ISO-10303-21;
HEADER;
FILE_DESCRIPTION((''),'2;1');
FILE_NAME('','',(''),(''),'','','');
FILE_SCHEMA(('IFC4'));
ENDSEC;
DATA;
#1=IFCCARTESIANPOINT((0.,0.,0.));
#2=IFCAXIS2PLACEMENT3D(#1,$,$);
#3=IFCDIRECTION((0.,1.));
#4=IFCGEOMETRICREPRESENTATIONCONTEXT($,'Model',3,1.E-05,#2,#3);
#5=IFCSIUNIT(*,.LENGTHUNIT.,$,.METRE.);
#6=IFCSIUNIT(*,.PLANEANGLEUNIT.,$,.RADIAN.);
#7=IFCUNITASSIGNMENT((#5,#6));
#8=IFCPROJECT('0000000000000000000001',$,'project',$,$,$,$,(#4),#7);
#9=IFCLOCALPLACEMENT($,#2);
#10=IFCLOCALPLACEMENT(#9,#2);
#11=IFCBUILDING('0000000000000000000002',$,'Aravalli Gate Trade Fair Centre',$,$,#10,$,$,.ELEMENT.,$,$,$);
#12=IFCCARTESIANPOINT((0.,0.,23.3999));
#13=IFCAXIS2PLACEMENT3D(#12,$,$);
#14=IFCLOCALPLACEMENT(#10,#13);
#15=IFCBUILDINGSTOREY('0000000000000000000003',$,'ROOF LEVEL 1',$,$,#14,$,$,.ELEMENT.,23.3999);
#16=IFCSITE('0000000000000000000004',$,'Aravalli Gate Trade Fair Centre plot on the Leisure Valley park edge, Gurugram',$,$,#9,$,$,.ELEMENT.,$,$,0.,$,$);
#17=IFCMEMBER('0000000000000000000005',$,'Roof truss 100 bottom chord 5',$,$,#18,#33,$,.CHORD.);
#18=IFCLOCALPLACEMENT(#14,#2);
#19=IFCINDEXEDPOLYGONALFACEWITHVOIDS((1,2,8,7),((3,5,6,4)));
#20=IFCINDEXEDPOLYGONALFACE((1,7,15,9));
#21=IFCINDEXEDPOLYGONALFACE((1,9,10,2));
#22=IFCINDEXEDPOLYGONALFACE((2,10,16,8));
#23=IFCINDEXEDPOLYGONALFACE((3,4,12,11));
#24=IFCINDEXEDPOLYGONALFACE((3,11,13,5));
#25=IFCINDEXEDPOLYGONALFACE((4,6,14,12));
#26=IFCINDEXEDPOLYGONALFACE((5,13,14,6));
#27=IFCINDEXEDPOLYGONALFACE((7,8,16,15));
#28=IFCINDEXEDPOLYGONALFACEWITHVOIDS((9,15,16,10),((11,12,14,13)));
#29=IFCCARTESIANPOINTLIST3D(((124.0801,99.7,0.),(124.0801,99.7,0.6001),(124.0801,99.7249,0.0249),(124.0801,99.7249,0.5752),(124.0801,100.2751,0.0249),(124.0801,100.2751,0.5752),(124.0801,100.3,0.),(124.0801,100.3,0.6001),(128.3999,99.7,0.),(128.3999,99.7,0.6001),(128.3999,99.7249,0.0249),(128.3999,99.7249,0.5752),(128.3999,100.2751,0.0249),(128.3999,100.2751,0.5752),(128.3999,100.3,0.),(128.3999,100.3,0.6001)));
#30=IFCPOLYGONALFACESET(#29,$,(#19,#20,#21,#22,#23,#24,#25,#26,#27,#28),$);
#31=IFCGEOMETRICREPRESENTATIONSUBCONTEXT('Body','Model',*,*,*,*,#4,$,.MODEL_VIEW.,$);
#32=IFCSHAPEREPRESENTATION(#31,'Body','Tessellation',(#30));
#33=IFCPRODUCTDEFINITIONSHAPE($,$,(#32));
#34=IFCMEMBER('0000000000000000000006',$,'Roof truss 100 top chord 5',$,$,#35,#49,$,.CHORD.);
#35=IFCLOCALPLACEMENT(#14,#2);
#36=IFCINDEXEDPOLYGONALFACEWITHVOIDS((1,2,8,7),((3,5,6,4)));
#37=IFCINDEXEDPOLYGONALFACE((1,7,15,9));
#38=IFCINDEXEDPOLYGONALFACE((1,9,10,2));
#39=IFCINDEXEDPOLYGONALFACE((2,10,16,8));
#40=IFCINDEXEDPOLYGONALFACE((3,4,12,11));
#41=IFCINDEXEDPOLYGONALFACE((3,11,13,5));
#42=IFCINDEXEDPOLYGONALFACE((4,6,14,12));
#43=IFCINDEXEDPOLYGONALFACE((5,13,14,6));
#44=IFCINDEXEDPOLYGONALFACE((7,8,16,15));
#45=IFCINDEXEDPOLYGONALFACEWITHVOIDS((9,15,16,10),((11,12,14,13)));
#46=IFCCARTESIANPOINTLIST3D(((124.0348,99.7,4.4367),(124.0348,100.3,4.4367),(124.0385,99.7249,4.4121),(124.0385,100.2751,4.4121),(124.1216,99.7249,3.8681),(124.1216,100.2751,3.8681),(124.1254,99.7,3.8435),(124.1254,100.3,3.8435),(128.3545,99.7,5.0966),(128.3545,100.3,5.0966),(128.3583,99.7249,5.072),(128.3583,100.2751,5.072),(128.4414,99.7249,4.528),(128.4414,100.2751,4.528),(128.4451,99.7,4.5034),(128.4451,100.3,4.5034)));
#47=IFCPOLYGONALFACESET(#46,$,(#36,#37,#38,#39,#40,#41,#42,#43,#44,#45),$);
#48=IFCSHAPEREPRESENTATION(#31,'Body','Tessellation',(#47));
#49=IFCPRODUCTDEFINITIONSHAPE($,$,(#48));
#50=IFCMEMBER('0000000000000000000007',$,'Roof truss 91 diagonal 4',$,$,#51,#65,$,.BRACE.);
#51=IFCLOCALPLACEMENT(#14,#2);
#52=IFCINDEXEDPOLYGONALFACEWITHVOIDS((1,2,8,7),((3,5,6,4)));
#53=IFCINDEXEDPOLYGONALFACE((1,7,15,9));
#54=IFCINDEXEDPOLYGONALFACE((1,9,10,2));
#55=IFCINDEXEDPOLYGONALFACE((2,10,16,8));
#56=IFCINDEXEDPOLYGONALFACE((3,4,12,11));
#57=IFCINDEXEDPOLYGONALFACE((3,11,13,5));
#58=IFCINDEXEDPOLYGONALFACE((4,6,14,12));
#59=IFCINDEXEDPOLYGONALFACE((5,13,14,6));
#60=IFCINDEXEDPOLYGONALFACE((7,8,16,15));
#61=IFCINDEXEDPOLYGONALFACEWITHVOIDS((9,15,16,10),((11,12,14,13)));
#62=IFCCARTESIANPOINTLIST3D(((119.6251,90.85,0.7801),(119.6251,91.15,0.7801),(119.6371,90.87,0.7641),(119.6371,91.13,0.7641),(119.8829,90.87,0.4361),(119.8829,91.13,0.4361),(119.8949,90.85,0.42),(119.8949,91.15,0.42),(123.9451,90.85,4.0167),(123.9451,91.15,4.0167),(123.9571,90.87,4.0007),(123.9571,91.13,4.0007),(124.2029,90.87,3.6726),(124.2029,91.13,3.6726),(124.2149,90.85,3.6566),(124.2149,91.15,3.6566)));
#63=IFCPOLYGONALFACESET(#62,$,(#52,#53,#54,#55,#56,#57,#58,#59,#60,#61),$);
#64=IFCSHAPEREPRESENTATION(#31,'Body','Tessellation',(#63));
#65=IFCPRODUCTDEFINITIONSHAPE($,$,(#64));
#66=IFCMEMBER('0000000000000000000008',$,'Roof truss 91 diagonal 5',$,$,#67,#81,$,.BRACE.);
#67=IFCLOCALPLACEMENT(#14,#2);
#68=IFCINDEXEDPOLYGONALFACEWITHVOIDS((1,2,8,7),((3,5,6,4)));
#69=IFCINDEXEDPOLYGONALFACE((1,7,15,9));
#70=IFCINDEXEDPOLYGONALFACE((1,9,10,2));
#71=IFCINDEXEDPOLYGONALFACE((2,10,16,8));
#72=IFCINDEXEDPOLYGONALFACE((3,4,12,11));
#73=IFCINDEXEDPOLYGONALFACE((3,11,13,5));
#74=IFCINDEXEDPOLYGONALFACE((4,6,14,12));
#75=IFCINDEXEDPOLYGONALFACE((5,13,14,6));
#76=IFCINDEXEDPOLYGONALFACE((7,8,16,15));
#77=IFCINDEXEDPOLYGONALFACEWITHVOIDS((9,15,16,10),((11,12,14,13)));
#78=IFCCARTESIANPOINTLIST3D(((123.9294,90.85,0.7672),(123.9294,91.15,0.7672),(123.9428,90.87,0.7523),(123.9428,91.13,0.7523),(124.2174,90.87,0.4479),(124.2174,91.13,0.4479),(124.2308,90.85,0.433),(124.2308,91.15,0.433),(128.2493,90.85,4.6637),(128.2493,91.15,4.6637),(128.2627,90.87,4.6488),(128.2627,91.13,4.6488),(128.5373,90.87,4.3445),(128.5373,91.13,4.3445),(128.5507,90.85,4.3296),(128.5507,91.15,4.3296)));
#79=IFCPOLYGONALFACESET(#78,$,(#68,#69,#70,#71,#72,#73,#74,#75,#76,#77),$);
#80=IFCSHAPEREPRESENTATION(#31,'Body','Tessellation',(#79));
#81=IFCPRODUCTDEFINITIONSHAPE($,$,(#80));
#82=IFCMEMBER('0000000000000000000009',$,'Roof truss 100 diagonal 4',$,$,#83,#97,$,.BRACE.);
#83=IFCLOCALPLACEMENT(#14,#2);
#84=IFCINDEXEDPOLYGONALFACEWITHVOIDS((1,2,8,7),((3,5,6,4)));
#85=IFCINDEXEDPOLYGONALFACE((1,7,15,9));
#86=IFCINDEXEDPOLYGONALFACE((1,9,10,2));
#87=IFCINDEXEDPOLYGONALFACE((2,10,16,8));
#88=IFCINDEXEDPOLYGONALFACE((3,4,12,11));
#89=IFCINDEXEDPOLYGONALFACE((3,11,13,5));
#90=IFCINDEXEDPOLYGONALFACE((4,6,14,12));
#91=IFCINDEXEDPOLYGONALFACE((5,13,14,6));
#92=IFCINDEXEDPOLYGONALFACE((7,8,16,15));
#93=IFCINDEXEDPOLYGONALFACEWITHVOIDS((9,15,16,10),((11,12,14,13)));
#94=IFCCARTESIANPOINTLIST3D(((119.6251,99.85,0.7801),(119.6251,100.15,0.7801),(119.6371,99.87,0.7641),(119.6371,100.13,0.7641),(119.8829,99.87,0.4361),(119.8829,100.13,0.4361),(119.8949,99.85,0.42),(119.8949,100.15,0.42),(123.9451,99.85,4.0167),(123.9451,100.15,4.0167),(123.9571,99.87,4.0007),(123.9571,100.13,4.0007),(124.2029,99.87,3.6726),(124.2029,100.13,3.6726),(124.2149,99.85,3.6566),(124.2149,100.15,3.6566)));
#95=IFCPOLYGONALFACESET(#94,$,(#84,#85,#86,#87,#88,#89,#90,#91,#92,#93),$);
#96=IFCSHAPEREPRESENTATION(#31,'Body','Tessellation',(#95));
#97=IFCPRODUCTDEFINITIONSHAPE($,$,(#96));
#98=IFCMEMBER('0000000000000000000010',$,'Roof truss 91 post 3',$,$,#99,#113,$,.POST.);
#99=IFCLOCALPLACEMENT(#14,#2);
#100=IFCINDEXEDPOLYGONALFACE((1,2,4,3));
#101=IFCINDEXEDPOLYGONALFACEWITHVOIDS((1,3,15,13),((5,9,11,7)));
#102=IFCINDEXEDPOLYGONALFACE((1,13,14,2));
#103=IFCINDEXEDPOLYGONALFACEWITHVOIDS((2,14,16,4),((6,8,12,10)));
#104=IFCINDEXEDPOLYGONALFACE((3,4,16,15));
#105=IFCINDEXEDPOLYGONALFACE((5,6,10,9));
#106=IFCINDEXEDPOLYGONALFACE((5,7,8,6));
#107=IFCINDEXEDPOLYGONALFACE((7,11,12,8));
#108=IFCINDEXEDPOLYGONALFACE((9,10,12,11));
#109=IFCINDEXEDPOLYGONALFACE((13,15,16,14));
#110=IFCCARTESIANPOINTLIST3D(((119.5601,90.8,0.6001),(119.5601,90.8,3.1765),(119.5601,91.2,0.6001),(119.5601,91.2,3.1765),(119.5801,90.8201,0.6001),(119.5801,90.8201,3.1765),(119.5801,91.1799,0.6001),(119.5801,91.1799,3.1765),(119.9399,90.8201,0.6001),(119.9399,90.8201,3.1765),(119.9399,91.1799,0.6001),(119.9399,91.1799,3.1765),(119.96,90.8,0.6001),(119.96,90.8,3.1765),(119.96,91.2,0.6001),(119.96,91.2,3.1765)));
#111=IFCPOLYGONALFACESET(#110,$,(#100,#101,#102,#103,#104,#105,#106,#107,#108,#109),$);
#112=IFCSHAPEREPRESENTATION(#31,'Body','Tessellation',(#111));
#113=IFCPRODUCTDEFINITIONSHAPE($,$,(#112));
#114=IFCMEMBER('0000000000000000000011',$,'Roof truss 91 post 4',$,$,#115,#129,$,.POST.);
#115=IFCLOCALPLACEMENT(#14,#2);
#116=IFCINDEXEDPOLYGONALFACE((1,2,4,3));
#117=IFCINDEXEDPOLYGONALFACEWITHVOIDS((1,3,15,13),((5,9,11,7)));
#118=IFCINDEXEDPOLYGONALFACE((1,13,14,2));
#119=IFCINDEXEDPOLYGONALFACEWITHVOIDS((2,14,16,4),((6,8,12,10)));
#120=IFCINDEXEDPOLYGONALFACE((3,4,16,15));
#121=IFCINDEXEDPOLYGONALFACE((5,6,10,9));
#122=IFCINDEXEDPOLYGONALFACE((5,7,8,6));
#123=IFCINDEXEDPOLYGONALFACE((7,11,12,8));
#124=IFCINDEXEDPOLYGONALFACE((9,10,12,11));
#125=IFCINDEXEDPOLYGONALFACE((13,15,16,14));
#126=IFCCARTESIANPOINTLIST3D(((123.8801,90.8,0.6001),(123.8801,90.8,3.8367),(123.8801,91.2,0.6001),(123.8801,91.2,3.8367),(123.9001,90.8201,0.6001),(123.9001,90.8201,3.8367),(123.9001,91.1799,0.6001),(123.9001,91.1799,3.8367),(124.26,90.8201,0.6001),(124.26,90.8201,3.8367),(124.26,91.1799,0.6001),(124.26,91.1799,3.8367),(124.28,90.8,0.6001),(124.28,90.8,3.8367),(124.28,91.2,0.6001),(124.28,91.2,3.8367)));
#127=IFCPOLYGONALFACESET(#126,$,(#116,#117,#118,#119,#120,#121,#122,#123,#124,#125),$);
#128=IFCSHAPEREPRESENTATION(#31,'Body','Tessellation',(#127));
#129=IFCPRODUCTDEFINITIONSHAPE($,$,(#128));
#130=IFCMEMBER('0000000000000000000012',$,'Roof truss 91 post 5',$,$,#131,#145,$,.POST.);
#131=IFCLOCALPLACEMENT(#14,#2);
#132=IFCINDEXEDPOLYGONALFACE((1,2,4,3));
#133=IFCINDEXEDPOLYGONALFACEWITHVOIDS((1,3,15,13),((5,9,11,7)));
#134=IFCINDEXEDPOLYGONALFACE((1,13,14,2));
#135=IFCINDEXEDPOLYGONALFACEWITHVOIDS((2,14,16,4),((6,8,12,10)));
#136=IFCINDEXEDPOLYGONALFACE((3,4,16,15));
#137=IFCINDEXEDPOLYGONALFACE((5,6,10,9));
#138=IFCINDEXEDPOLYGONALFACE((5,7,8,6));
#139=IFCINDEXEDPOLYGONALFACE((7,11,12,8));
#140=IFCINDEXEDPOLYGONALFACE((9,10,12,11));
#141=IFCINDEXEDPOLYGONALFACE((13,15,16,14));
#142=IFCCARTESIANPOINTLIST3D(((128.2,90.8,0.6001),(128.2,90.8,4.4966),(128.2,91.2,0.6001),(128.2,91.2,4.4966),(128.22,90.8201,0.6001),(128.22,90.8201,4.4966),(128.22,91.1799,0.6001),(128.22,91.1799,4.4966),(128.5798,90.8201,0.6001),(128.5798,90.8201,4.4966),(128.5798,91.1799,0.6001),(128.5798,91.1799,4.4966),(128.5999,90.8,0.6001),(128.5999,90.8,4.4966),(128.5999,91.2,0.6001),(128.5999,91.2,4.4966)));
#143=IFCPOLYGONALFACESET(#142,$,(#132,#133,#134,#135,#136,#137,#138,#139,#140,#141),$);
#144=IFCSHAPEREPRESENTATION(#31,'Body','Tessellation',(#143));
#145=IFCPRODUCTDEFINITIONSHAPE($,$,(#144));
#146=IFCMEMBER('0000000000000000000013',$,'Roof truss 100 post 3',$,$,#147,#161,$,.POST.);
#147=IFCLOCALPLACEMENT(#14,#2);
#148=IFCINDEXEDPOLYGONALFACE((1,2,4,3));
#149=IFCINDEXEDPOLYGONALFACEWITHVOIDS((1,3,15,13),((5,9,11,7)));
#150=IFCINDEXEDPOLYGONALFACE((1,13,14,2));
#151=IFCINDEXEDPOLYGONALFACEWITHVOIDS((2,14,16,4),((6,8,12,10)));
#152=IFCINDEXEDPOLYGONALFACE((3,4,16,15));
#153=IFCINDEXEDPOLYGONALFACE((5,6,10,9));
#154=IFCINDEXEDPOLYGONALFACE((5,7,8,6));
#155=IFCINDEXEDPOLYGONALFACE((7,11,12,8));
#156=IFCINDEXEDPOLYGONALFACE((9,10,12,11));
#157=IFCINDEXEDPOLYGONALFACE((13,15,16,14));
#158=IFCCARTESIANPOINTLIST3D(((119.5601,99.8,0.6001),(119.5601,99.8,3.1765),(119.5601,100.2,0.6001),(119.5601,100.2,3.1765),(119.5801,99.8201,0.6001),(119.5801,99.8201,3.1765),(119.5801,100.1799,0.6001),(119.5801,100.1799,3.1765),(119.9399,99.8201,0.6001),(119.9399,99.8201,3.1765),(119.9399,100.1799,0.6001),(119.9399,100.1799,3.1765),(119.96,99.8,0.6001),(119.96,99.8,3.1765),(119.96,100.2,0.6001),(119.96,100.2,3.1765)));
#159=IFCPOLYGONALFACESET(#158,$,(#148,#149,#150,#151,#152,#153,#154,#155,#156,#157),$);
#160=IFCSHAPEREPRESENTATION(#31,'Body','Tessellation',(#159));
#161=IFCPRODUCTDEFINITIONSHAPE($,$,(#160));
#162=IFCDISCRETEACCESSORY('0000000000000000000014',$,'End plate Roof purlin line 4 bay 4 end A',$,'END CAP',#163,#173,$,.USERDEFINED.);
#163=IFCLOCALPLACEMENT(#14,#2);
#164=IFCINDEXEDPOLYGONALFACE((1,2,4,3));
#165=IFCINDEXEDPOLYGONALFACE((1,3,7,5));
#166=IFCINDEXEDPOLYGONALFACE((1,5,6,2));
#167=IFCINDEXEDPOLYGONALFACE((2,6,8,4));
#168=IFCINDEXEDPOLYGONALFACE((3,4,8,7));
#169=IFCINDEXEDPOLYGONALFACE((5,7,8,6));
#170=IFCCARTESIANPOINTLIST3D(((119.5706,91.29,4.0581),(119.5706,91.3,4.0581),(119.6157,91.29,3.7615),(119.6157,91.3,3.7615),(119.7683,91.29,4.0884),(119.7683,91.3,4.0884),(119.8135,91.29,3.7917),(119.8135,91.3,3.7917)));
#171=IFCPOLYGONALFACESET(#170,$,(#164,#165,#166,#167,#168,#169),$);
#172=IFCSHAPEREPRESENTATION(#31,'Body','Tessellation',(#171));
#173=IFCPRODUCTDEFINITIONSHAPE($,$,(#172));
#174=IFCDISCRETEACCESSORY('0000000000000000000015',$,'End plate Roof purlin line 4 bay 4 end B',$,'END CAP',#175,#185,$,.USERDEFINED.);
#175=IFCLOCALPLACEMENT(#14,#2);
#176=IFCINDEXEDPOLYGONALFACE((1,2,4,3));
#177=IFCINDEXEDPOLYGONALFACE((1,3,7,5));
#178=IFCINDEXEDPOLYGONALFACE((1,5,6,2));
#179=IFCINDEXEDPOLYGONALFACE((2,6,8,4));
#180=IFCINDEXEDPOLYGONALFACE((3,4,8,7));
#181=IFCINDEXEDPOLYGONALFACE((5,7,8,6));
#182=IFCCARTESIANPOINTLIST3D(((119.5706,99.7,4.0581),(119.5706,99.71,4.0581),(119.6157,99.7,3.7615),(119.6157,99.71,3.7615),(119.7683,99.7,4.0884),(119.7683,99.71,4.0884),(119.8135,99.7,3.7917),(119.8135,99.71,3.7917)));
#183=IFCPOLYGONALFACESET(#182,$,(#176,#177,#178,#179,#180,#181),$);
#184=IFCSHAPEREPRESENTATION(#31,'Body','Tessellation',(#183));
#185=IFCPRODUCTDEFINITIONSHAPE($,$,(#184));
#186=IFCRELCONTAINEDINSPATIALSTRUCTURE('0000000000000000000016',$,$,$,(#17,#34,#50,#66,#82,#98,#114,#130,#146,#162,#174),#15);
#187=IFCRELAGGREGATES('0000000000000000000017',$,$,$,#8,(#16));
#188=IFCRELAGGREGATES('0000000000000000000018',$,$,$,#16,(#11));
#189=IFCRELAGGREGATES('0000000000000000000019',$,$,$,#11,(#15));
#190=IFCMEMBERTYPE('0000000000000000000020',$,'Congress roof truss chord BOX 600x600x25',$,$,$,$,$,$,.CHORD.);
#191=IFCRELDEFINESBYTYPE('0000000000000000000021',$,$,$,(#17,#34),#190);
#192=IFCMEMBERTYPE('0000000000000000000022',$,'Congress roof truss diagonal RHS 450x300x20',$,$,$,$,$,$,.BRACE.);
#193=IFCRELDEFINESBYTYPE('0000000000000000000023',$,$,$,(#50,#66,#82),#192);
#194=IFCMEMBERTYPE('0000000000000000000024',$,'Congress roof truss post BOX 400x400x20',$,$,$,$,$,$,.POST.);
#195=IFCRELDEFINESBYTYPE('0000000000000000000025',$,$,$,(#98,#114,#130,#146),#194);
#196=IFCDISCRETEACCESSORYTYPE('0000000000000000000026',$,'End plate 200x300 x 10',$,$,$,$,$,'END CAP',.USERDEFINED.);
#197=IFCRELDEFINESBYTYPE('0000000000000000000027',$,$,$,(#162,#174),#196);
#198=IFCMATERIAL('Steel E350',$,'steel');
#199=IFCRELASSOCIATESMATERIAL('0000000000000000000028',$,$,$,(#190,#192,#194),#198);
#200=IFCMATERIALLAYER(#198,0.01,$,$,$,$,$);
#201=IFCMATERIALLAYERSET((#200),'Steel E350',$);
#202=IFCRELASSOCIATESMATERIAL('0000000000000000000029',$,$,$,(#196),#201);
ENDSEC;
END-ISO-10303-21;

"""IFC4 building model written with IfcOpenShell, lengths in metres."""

from ifc_helpers import new_model, si_unit, direction, frame, origin, origin_2d, place, context, subcontext, project, spatial, polyline, hollow_rectangle, outline, extrude, material, layer, layer_set, material_profile, profile_set, type_object, element, save


model = new_model("IFC4")

# Units and contexts
model_context = context("Model", 3, precision=1e-05, world=origin(), true_north=direction((0.0, 1.0)))
body_context = subcontext(model_context, "Body", "Model", "MODEL_VIEW")
ifc_project = project(units=[si_unit("LENGTHUNIT", "METRE"), si_unit("PLANEANGLEUNIT", "RADIAN")], contexts=[model_context])

# Site, building, storey
site_placement = place(None, origin())
site = spatial("IfcSite", under=ifc_project, at=site_placement, Name="Aravalli Gate Trade Fair Centre plot on the Leisure Valley park edge, Gurugram", CompositionType="ELEMENT", RefElevation=0.0)
building_placement = place(site_placement, origin())
building = spatial("IfcBuilding", under=site, at=building_placement, Name="Aravalli Gate Trade Fair Centre", CompositionType="ELEMENT")
storey_placement = place(building_placement, frame((0.0, 0.0, 23.3999)))
storey = spatial("IfcBuildingStorey", under=building, at=storey_placement, Name="ROOF LEVEL 1", CompositionType="ELEMENT", Elevation=23.3999)

# Members
ifc_material = material(Name="Steel E350", Category="steel")
ifc_material_profile_1 = material_profile(ifc_material, hollow_rectangle(XDim=0.6001, YDim=0.6001, WallThickness=0.0249, at=origin_2d()), Name="BOX 600x600x25")
ifc_profile_set_1 = profile_set([ifc_material_profile_1], Name="Steel E350")
member_type_1 = type_object("IfcMemberType", Name="Congress roof truss chord BOX 600x600x25", PredefinedType="CHORD", material=ifc_profile_set_1)
member_1_placement = place(storey_placement, frame((124.0801, 100.0, 0.3), z_axis=(1.0, 0.0, 0.0), x_axis=(0.0, 1.0, 0.0)))
element("IfcMember", 1, at=member_1_placement, inside=storey, type_object=member_type_1, Name="Roof truss 100 bottom chord 5", PredefinedType="CHORD", context=body_context, shape_type="SweptSolid", body=[
    extrude(hollow_rectangle(XDim=0.6001, YDim=0.6001, WallThickness=0.0249, at=origin_2d()), origin(), (0.0, 0.0, 1.0), 4.3198),
])
member_2_placement = place(storey_placement, frame((124.0801, 100.0, 4.1401), z_axis=(0.988532, 0.0, 0.151012), x_axis=(0.0, 1.0, 0.0)))
element("IfcMember", 2, at=member_2_placement, inside=storey, type_object=member_type_1, Name="Roof truss 100 top chord 5", PredefinedType="CHORD", context=body_context, shape_type="SweptSolid", body=[
    extrude(hollow_rectangle(XDim=0.6001, YDim=0.6001, WallThickness=0.0249, at=origin_2d()), origin(), (0.0, 0.0, 1.0), 4.3699),
])
ifc_material_profile_2 = material_profile(ifc_material, hollow_rectangle(XDim=0.3, YDim=0.45, WallThickness=0.02, at=origin_2d()), Name="RHS 450x300x20")
ifc_profile_set_2 = profile_set([ifc_material_profile_2], Name="Steel E350")
member_type_2 = type_object("IfcMemberType", Name="Congress roof truss diagonal RHS 450x300x20", PredefinedType="BRACE", material=ifc_profile_set_2)
member_3_placement = place(storey_placement, frame((119.76, 91.0, 0.6001), z_axis=(0.800309, 0.0, 0.599587), x_axis=(0.0, 1.0, 0.0)))
element("IfcMember", 3, at=member_3_placement, inside=storey, type_object=member_type_2, Name="Roof truss 91 diagonal 4", PredefinedType="BRACE", context=body_context, shape_type="SweptSolid", body=[
    extrude(hollow_rectangle(XDim=0.3, YDim=0.45, WallThickness=0.02, at=origin_2d()), origin(), (0.0, 0.0, 1.0), 5.3979),
])
member_4_placement = place(storey_placement, frame((124.0801, 91.0, 0.6001), z_axis=(0.742555, 0.0, 0.669785), x_axis=(0.0, 1.0, 0.0)))
element("IfcMember", 4, at=member_4_placement, inside=storey, type_object=member_type_2, Name="Roof truss 91 diagonal 5", PredefinedType="BRACE", context=body_context, shape_type="SweptSolid", body=[
    extrude(hollow_rectangle(XDim=0.3, YDim=0.45, WallThickness=0.02, at=origin_2d()), origin(), (0.0, 0.0, 1.0), 5.8176),
])
member_5_placement = place(storey_placement, frame((119.76, 100.0, 0.6001), z_axis=(0.800309, 0.0, 0.599587), x_axis=(0.0, 1.0, 0.0)))
element("IfcMember", 5, at=member_5_placement, inside=storey, type_object=member_type_2, Name="Roof truss 100 diagonal 4", PredefinedType="BRACE", context=body_context, shape_type="SweptSolid", body=[
    extrude(hollow_rectangle(XDim=0.3, YDim=0.45, WallThickness=0.02, at=origin_2d()), origin(), (0.0, 0.0, 1.0), 5.3979),
])
ifc_material_profile_3 = material_profile(ifc_material, hollow_rectangle(XDim=0.3999, YDim=0.3999, WallThickness=0.02, at=origin_2d()), Name="BOX 400x400x20")
ifc_profile_set_3 = profile_set([ifc_material_profile_3], Name="Steel E350")
member_type_3 = type_object("IfcMemberType", Name="Congress roof truss post BOX 400x400x20", PredefinedType="POST", material=ifc_profile_set_3)
member_6_placement = place(storey_placement, frame((119.76, 91.0, 0.6001), z_axis=(0.0, 0.0, 1.0), x_axis=(1.0, 0.0, 0.0)))
element("IfcMember", 6, at=member_6_placement, inside=storey, type_object=member_type_3, Name="Roof truss 91 post 3", PredefinedType="POST", context=body_context, shape_type="SweptSolid", body=[
    extrude(hollow_rectangle(XDim=0.3999, YDim=0.3999, WallThickness=0.02, at=origin_2d()), origin(), (0.0, 0.0, 1.0), 2.5764),
])
member_7_placement = place(storey_placement, frame((124.0801, 91.0, 0.6001), z_axis=(0.0, 0.0, 1.0), x_axis=(1.0, 0.0, 0.0)))
element("IfcMember", 7, at=member_7_placement, inside=storey, type_object=member_type_3, Name="Roof truss 91 post 4", PredefinedType="POST", context=body_context, shape_type="SweptSolid", body=[
    extrude(hollow_rectangle(XDim=0.3999, YDim=0.3999, WallThickness=0.02, at=origin_2d()), origin(), (0.0, 0.0, 1.0), 3.2366),
])
member_8_placement = place(storey_placement, frame((128.3999, 91.0, 0.6001), z_axis=(0.0, 0.0, 1.0), x_axis=(1.0, 0.0, 0.0)))
element("IfcMember", 8, at=member_8_placement, inside=storey, type_object=member_type_3, Name="Roof truss 91 post 5", PredefinedType="POST", context=body_context, shape_type="SweptSolid", body=[
    extrude(hollow_rectangle(XDim=0.3999, YDim=0.3999, WallThickness=0.02, at=origin_2d()), origin(), (0.0, 0.0, 1.0), 3.8965),
])
member_9_placement = place(storey_placement, frame((119.76, 100.0, 0.6001), z_axis=(0.0, 0.0, 1.0), x_axis=(1.0, 0.0, 0.0)))
element("IfcMember", 9, at=member_9_placement, inside=storey, type_object=member_type_3, Name="Roof truss 100 post 3", PredefinedType="POST", context=body_context, shape_type="SweptSolid", body=[
    extrude(hollow_rectangle(XDim=0.3999, YDim=0.3999, WallThickness=0.02, at=origin_2d()), origin(), (0.0, 0.0, 1.0), 2.5764),
])

# Discrete accessories
ifc_layer_1 = layer(ifc_material, 0.01)
ifc_layer_set_1 = layer_set([ifc_layer_1], Name="Steel E350")
discrete_accessory_type_1 = type_object("IfcDiscreteAccessoryType", Name="End plate 200x300 x 10", ElementType="END CAP", PredefinedType="USERDEFINED", material=ifc_layer_set_1)
for number, where, z_axis, x_axis, name in (
    (10, (119.8135, 91.3, 3.7917), (0.0, 1.0, 0.0), (-0.988484, 0.0, -0.151324), "End plate Roof purlin line 4 bay 4 end A"),
    (11, (119.8135, 99.71, 3.7917), (0.0, 1.0, 0.0), (-0.988484, 0.0, -0.151324), "End plate Roof purlin line 4 bay 4 end B"),
):
    element("IfcDiscreteAccessory", number, at=place(storey_placement, frame(where, z_axis=z_axis, x_axis=x_axis)), inside=storey, type_object=discrete_accessory_type_1, Name=name, ObjectType="END CAP", PredefinedType="USERDEFINED", context=body_context, shape_type="SweptSolid", body=[
        extrude(outline(polyline([(0.0, 0.0), (0.2001, 0.0), (0.1998, 0.3), (-0.0002, 0.3), (0.0, 0.0)])), origin(), (0.0, 0.0, -1.0), 0.01),
    ])

save(model, "model.ifc")
